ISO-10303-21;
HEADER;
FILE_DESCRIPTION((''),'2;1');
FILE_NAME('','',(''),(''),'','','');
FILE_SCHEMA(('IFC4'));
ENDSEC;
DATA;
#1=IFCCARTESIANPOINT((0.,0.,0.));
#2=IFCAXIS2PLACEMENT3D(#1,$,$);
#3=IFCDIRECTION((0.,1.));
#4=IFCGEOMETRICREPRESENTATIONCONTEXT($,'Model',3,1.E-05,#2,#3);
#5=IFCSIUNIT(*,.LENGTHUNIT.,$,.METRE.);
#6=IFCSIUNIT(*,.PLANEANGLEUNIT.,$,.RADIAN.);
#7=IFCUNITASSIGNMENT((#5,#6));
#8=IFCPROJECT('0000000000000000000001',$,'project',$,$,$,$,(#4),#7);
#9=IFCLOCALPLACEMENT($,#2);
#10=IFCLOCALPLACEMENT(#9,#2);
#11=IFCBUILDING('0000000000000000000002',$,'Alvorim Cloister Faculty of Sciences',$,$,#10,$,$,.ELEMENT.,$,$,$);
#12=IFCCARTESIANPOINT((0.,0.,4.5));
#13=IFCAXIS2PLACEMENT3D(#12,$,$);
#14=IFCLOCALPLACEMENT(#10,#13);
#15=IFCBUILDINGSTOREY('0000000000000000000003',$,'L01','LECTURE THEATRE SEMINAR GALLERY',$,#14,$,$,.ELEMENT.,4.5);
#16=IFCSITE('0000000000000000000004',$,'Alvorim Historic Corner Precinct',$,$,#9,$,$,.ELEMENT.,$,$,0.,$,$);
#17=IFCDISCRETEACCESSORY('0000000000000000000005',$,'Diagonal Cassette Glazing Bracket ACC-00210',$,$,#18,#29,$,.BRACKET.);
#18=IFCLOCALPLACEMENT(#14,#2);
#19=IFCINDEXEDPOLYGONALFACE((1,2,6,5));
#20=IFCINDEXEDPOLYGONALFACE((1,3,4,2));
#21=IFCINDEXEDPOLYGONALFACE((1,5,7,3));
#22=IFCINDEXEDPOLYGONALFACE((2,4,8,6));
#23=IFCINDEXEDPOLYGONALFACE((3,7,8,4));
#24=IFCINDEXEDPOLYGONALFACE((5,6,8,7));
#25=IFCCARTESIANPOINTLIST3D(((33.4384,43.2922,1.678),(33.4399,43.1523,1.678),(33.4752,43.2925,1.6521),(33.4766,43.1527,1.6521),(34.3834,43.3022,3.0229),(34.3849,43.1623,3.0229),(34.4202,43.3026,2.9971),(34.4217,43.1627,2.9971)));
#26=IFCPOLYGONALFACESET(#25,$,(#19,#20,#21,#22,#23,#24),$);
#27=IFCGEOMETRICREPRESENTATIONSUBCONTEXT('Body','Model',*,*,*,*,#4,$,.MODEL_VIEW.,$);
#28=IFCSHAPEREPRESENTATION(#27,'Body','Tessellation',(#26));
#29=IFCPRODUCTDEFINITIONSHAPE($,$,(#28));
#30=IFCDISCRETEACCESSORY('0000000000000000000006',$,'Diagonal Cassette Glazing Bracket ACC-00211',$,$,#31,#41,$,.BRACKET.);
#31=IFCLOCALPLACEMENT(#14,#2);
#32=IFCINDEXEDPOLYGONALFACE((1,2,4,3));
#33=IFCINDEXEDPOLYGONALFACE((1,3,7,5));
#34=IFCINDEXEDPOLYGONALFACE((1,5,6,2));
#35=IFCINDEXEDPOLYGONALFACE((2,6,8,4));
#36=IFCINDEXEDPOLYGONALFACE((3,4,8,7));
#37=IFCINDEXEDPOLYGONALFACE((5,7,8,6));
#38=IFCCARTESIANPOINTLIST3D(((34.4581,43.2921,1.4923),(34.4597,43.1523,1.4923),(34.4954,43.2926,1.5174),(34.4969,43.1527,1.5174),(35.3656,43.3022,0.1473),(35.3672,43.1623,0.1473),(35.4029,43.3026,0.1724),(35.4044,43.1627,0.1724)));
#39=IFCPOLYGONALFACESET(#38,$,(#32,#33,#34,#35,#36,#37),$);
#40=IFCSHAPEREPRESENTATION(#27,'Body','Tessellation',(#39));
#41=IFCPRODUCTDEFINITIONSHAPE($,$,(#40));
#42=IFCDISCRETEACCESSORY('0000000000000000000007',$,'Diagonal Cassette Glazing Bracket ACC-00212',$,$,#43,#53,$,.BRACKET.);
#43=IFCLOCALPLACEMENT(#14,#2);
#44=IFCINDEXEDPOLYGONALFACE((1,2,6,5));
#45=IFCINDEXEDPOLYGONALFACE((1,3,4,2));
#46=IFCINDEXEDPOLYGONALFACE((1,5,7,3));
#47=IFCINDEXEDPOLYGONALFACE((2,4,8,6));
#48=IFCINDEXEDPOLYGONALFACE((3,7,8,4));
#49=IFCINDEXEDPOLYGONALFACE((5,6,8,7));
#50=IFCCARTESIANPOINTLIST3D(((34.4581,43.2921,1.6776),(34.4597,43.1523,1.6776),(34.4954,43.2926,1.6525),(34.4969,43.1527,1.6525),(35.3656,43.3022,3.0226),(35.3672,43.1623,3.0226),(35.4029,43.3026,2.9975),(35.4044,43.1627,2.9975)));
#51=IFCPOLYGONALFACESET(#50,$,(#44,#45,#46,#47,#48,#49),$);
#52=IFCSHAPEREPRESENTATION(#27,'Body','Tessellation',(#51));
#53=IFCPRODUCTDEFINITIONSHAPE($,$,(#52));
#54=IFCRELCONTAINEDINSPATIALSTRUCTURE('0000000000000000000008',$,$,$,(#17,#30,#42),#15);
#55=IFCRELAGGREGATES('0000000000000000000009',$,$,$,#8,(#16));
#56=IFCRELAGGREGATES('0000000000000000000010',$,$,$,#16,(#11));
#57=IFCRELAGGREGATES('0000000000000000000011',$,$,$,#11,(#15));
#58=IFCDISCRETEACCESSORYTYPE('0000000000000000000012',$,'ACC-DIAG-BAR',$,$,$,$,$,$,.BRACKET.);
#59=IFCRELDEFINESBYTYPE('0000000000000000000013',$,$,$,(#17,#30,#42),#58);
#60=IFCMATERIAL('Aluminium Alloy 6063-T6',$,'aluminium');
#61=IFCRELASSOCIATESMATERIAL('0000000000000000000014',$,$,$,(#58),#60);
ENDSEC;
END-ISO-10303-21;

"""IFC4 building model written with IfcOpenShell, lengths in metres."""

from ifc_helpers import new_model, si_unit, direction, frame, origin, origin_2d, place, context, subcontext, project, spatial, rectangle, extrude, material, type_object, element, save


model = new_model("IFC4")

# Units and contexts
model_context = context("Model", 3, precision=1e-05, world=origin(), true_north=direction((0.0, 1.0)))
body_context = subcontext(model_context, "Body", "Model", "MODEL_VIEW")
ifc_project = project(units=[si_unit("LENGTHUNIT", "METRE"), si_unit("PLANEANGLEUNIT", "RADIAN")], contexts=[model_context])

# Site, building, storey
site_placement = place(None, origin())
site = spatial("IfcSite", under=ifc_project, at=site_placement, Name="Alvorim Historic Corner Precinct", CompositionType="ELEMENT", RefElevation=0.0)
building_placement = place(site_placement, origin())
building = spatial("IfcBuilding", under=site, at=building_placement, Name="Alvorim Cloister Faculty of Sciences", CompositionType="ELEMENT")
storey_placement = place(building_placement, frame((0.0, 0.0, 4.5)))
storey = spatial("IfcBuildingStorey", under=building, at=storey_placement, Name="L01", Description="LECTURE THEATRE SEMINAR GALLERY", CompositionType="ELEMENT", Elevation=4.5)

# Shared definitions
ifc_material_1 = material(Name="Aluminium Alloy 6063-T6", Category="aluminium")

# Discrete accessories
discrete_accessory_type = type_object("IfcDiscreteAccessoryType", Name="ACC-DIAG-BAR", PredefinedType="BRACKET", material=ifc_material_1)
for number, where, z_axis, x_axis, name in (
    (1, (33.4575, 43.2224, 1.665), (0.574916, 0.006089, 0.81819), (-0.010591, 0.999944, 0.0), "Diagonal Cassette Glazing Bracket ACC-00210"),
):
    element("IfcDiscreteAccessory", number, at=place(storey_placement, frame(where, z_axis=z_axis, x_axis=x_axis)), inside=storey, type_object=discrete_accessory_type, Name=name, PredefinedType="BRACKET", context=body_context, shape_type="SweptSolid", body=[
        extrude(rectangle(XDim=0.1399, YDim=0.0449, at=origin_2d()), origin(), (0.0, 0.0, 1.0), 1.6438),
    ])
for number, where, z_axis, x_axis, name in (
    (2, (34.4775, 43.2224, 1.5049), (0.559299, 0.006169, -0.828943), (-0.01103, 0.999939, 0.0), "Diagonal Cassette Glazing Bracket ACC-00211"),
    (3, (34.4775, 43.2224, 1.665), (0.559299, 0.006169, 0.828943), (-0.01103, 0.999939, 0.0), "Diagonal Cassette Glazing Bracket ACC-00212"),
):
    element("IfcDiscreteAccessory", number, at=place(storey_placement, frame(where, z_axis=z_axis, x_axis=x_axis)), inside=storey, type_object=discrete_accessory_type, Name=name, PredefinedType="BRACKET", context=body_context, shape_type="SweptSolid", body=[
        extrude(rectangle(XDim=0.1399, YDim=0.0449, at=origin_2d()), origin(), (0.0, 0.0, 1.0), 1.6226),
    ])

save(model, "model.ifc")
